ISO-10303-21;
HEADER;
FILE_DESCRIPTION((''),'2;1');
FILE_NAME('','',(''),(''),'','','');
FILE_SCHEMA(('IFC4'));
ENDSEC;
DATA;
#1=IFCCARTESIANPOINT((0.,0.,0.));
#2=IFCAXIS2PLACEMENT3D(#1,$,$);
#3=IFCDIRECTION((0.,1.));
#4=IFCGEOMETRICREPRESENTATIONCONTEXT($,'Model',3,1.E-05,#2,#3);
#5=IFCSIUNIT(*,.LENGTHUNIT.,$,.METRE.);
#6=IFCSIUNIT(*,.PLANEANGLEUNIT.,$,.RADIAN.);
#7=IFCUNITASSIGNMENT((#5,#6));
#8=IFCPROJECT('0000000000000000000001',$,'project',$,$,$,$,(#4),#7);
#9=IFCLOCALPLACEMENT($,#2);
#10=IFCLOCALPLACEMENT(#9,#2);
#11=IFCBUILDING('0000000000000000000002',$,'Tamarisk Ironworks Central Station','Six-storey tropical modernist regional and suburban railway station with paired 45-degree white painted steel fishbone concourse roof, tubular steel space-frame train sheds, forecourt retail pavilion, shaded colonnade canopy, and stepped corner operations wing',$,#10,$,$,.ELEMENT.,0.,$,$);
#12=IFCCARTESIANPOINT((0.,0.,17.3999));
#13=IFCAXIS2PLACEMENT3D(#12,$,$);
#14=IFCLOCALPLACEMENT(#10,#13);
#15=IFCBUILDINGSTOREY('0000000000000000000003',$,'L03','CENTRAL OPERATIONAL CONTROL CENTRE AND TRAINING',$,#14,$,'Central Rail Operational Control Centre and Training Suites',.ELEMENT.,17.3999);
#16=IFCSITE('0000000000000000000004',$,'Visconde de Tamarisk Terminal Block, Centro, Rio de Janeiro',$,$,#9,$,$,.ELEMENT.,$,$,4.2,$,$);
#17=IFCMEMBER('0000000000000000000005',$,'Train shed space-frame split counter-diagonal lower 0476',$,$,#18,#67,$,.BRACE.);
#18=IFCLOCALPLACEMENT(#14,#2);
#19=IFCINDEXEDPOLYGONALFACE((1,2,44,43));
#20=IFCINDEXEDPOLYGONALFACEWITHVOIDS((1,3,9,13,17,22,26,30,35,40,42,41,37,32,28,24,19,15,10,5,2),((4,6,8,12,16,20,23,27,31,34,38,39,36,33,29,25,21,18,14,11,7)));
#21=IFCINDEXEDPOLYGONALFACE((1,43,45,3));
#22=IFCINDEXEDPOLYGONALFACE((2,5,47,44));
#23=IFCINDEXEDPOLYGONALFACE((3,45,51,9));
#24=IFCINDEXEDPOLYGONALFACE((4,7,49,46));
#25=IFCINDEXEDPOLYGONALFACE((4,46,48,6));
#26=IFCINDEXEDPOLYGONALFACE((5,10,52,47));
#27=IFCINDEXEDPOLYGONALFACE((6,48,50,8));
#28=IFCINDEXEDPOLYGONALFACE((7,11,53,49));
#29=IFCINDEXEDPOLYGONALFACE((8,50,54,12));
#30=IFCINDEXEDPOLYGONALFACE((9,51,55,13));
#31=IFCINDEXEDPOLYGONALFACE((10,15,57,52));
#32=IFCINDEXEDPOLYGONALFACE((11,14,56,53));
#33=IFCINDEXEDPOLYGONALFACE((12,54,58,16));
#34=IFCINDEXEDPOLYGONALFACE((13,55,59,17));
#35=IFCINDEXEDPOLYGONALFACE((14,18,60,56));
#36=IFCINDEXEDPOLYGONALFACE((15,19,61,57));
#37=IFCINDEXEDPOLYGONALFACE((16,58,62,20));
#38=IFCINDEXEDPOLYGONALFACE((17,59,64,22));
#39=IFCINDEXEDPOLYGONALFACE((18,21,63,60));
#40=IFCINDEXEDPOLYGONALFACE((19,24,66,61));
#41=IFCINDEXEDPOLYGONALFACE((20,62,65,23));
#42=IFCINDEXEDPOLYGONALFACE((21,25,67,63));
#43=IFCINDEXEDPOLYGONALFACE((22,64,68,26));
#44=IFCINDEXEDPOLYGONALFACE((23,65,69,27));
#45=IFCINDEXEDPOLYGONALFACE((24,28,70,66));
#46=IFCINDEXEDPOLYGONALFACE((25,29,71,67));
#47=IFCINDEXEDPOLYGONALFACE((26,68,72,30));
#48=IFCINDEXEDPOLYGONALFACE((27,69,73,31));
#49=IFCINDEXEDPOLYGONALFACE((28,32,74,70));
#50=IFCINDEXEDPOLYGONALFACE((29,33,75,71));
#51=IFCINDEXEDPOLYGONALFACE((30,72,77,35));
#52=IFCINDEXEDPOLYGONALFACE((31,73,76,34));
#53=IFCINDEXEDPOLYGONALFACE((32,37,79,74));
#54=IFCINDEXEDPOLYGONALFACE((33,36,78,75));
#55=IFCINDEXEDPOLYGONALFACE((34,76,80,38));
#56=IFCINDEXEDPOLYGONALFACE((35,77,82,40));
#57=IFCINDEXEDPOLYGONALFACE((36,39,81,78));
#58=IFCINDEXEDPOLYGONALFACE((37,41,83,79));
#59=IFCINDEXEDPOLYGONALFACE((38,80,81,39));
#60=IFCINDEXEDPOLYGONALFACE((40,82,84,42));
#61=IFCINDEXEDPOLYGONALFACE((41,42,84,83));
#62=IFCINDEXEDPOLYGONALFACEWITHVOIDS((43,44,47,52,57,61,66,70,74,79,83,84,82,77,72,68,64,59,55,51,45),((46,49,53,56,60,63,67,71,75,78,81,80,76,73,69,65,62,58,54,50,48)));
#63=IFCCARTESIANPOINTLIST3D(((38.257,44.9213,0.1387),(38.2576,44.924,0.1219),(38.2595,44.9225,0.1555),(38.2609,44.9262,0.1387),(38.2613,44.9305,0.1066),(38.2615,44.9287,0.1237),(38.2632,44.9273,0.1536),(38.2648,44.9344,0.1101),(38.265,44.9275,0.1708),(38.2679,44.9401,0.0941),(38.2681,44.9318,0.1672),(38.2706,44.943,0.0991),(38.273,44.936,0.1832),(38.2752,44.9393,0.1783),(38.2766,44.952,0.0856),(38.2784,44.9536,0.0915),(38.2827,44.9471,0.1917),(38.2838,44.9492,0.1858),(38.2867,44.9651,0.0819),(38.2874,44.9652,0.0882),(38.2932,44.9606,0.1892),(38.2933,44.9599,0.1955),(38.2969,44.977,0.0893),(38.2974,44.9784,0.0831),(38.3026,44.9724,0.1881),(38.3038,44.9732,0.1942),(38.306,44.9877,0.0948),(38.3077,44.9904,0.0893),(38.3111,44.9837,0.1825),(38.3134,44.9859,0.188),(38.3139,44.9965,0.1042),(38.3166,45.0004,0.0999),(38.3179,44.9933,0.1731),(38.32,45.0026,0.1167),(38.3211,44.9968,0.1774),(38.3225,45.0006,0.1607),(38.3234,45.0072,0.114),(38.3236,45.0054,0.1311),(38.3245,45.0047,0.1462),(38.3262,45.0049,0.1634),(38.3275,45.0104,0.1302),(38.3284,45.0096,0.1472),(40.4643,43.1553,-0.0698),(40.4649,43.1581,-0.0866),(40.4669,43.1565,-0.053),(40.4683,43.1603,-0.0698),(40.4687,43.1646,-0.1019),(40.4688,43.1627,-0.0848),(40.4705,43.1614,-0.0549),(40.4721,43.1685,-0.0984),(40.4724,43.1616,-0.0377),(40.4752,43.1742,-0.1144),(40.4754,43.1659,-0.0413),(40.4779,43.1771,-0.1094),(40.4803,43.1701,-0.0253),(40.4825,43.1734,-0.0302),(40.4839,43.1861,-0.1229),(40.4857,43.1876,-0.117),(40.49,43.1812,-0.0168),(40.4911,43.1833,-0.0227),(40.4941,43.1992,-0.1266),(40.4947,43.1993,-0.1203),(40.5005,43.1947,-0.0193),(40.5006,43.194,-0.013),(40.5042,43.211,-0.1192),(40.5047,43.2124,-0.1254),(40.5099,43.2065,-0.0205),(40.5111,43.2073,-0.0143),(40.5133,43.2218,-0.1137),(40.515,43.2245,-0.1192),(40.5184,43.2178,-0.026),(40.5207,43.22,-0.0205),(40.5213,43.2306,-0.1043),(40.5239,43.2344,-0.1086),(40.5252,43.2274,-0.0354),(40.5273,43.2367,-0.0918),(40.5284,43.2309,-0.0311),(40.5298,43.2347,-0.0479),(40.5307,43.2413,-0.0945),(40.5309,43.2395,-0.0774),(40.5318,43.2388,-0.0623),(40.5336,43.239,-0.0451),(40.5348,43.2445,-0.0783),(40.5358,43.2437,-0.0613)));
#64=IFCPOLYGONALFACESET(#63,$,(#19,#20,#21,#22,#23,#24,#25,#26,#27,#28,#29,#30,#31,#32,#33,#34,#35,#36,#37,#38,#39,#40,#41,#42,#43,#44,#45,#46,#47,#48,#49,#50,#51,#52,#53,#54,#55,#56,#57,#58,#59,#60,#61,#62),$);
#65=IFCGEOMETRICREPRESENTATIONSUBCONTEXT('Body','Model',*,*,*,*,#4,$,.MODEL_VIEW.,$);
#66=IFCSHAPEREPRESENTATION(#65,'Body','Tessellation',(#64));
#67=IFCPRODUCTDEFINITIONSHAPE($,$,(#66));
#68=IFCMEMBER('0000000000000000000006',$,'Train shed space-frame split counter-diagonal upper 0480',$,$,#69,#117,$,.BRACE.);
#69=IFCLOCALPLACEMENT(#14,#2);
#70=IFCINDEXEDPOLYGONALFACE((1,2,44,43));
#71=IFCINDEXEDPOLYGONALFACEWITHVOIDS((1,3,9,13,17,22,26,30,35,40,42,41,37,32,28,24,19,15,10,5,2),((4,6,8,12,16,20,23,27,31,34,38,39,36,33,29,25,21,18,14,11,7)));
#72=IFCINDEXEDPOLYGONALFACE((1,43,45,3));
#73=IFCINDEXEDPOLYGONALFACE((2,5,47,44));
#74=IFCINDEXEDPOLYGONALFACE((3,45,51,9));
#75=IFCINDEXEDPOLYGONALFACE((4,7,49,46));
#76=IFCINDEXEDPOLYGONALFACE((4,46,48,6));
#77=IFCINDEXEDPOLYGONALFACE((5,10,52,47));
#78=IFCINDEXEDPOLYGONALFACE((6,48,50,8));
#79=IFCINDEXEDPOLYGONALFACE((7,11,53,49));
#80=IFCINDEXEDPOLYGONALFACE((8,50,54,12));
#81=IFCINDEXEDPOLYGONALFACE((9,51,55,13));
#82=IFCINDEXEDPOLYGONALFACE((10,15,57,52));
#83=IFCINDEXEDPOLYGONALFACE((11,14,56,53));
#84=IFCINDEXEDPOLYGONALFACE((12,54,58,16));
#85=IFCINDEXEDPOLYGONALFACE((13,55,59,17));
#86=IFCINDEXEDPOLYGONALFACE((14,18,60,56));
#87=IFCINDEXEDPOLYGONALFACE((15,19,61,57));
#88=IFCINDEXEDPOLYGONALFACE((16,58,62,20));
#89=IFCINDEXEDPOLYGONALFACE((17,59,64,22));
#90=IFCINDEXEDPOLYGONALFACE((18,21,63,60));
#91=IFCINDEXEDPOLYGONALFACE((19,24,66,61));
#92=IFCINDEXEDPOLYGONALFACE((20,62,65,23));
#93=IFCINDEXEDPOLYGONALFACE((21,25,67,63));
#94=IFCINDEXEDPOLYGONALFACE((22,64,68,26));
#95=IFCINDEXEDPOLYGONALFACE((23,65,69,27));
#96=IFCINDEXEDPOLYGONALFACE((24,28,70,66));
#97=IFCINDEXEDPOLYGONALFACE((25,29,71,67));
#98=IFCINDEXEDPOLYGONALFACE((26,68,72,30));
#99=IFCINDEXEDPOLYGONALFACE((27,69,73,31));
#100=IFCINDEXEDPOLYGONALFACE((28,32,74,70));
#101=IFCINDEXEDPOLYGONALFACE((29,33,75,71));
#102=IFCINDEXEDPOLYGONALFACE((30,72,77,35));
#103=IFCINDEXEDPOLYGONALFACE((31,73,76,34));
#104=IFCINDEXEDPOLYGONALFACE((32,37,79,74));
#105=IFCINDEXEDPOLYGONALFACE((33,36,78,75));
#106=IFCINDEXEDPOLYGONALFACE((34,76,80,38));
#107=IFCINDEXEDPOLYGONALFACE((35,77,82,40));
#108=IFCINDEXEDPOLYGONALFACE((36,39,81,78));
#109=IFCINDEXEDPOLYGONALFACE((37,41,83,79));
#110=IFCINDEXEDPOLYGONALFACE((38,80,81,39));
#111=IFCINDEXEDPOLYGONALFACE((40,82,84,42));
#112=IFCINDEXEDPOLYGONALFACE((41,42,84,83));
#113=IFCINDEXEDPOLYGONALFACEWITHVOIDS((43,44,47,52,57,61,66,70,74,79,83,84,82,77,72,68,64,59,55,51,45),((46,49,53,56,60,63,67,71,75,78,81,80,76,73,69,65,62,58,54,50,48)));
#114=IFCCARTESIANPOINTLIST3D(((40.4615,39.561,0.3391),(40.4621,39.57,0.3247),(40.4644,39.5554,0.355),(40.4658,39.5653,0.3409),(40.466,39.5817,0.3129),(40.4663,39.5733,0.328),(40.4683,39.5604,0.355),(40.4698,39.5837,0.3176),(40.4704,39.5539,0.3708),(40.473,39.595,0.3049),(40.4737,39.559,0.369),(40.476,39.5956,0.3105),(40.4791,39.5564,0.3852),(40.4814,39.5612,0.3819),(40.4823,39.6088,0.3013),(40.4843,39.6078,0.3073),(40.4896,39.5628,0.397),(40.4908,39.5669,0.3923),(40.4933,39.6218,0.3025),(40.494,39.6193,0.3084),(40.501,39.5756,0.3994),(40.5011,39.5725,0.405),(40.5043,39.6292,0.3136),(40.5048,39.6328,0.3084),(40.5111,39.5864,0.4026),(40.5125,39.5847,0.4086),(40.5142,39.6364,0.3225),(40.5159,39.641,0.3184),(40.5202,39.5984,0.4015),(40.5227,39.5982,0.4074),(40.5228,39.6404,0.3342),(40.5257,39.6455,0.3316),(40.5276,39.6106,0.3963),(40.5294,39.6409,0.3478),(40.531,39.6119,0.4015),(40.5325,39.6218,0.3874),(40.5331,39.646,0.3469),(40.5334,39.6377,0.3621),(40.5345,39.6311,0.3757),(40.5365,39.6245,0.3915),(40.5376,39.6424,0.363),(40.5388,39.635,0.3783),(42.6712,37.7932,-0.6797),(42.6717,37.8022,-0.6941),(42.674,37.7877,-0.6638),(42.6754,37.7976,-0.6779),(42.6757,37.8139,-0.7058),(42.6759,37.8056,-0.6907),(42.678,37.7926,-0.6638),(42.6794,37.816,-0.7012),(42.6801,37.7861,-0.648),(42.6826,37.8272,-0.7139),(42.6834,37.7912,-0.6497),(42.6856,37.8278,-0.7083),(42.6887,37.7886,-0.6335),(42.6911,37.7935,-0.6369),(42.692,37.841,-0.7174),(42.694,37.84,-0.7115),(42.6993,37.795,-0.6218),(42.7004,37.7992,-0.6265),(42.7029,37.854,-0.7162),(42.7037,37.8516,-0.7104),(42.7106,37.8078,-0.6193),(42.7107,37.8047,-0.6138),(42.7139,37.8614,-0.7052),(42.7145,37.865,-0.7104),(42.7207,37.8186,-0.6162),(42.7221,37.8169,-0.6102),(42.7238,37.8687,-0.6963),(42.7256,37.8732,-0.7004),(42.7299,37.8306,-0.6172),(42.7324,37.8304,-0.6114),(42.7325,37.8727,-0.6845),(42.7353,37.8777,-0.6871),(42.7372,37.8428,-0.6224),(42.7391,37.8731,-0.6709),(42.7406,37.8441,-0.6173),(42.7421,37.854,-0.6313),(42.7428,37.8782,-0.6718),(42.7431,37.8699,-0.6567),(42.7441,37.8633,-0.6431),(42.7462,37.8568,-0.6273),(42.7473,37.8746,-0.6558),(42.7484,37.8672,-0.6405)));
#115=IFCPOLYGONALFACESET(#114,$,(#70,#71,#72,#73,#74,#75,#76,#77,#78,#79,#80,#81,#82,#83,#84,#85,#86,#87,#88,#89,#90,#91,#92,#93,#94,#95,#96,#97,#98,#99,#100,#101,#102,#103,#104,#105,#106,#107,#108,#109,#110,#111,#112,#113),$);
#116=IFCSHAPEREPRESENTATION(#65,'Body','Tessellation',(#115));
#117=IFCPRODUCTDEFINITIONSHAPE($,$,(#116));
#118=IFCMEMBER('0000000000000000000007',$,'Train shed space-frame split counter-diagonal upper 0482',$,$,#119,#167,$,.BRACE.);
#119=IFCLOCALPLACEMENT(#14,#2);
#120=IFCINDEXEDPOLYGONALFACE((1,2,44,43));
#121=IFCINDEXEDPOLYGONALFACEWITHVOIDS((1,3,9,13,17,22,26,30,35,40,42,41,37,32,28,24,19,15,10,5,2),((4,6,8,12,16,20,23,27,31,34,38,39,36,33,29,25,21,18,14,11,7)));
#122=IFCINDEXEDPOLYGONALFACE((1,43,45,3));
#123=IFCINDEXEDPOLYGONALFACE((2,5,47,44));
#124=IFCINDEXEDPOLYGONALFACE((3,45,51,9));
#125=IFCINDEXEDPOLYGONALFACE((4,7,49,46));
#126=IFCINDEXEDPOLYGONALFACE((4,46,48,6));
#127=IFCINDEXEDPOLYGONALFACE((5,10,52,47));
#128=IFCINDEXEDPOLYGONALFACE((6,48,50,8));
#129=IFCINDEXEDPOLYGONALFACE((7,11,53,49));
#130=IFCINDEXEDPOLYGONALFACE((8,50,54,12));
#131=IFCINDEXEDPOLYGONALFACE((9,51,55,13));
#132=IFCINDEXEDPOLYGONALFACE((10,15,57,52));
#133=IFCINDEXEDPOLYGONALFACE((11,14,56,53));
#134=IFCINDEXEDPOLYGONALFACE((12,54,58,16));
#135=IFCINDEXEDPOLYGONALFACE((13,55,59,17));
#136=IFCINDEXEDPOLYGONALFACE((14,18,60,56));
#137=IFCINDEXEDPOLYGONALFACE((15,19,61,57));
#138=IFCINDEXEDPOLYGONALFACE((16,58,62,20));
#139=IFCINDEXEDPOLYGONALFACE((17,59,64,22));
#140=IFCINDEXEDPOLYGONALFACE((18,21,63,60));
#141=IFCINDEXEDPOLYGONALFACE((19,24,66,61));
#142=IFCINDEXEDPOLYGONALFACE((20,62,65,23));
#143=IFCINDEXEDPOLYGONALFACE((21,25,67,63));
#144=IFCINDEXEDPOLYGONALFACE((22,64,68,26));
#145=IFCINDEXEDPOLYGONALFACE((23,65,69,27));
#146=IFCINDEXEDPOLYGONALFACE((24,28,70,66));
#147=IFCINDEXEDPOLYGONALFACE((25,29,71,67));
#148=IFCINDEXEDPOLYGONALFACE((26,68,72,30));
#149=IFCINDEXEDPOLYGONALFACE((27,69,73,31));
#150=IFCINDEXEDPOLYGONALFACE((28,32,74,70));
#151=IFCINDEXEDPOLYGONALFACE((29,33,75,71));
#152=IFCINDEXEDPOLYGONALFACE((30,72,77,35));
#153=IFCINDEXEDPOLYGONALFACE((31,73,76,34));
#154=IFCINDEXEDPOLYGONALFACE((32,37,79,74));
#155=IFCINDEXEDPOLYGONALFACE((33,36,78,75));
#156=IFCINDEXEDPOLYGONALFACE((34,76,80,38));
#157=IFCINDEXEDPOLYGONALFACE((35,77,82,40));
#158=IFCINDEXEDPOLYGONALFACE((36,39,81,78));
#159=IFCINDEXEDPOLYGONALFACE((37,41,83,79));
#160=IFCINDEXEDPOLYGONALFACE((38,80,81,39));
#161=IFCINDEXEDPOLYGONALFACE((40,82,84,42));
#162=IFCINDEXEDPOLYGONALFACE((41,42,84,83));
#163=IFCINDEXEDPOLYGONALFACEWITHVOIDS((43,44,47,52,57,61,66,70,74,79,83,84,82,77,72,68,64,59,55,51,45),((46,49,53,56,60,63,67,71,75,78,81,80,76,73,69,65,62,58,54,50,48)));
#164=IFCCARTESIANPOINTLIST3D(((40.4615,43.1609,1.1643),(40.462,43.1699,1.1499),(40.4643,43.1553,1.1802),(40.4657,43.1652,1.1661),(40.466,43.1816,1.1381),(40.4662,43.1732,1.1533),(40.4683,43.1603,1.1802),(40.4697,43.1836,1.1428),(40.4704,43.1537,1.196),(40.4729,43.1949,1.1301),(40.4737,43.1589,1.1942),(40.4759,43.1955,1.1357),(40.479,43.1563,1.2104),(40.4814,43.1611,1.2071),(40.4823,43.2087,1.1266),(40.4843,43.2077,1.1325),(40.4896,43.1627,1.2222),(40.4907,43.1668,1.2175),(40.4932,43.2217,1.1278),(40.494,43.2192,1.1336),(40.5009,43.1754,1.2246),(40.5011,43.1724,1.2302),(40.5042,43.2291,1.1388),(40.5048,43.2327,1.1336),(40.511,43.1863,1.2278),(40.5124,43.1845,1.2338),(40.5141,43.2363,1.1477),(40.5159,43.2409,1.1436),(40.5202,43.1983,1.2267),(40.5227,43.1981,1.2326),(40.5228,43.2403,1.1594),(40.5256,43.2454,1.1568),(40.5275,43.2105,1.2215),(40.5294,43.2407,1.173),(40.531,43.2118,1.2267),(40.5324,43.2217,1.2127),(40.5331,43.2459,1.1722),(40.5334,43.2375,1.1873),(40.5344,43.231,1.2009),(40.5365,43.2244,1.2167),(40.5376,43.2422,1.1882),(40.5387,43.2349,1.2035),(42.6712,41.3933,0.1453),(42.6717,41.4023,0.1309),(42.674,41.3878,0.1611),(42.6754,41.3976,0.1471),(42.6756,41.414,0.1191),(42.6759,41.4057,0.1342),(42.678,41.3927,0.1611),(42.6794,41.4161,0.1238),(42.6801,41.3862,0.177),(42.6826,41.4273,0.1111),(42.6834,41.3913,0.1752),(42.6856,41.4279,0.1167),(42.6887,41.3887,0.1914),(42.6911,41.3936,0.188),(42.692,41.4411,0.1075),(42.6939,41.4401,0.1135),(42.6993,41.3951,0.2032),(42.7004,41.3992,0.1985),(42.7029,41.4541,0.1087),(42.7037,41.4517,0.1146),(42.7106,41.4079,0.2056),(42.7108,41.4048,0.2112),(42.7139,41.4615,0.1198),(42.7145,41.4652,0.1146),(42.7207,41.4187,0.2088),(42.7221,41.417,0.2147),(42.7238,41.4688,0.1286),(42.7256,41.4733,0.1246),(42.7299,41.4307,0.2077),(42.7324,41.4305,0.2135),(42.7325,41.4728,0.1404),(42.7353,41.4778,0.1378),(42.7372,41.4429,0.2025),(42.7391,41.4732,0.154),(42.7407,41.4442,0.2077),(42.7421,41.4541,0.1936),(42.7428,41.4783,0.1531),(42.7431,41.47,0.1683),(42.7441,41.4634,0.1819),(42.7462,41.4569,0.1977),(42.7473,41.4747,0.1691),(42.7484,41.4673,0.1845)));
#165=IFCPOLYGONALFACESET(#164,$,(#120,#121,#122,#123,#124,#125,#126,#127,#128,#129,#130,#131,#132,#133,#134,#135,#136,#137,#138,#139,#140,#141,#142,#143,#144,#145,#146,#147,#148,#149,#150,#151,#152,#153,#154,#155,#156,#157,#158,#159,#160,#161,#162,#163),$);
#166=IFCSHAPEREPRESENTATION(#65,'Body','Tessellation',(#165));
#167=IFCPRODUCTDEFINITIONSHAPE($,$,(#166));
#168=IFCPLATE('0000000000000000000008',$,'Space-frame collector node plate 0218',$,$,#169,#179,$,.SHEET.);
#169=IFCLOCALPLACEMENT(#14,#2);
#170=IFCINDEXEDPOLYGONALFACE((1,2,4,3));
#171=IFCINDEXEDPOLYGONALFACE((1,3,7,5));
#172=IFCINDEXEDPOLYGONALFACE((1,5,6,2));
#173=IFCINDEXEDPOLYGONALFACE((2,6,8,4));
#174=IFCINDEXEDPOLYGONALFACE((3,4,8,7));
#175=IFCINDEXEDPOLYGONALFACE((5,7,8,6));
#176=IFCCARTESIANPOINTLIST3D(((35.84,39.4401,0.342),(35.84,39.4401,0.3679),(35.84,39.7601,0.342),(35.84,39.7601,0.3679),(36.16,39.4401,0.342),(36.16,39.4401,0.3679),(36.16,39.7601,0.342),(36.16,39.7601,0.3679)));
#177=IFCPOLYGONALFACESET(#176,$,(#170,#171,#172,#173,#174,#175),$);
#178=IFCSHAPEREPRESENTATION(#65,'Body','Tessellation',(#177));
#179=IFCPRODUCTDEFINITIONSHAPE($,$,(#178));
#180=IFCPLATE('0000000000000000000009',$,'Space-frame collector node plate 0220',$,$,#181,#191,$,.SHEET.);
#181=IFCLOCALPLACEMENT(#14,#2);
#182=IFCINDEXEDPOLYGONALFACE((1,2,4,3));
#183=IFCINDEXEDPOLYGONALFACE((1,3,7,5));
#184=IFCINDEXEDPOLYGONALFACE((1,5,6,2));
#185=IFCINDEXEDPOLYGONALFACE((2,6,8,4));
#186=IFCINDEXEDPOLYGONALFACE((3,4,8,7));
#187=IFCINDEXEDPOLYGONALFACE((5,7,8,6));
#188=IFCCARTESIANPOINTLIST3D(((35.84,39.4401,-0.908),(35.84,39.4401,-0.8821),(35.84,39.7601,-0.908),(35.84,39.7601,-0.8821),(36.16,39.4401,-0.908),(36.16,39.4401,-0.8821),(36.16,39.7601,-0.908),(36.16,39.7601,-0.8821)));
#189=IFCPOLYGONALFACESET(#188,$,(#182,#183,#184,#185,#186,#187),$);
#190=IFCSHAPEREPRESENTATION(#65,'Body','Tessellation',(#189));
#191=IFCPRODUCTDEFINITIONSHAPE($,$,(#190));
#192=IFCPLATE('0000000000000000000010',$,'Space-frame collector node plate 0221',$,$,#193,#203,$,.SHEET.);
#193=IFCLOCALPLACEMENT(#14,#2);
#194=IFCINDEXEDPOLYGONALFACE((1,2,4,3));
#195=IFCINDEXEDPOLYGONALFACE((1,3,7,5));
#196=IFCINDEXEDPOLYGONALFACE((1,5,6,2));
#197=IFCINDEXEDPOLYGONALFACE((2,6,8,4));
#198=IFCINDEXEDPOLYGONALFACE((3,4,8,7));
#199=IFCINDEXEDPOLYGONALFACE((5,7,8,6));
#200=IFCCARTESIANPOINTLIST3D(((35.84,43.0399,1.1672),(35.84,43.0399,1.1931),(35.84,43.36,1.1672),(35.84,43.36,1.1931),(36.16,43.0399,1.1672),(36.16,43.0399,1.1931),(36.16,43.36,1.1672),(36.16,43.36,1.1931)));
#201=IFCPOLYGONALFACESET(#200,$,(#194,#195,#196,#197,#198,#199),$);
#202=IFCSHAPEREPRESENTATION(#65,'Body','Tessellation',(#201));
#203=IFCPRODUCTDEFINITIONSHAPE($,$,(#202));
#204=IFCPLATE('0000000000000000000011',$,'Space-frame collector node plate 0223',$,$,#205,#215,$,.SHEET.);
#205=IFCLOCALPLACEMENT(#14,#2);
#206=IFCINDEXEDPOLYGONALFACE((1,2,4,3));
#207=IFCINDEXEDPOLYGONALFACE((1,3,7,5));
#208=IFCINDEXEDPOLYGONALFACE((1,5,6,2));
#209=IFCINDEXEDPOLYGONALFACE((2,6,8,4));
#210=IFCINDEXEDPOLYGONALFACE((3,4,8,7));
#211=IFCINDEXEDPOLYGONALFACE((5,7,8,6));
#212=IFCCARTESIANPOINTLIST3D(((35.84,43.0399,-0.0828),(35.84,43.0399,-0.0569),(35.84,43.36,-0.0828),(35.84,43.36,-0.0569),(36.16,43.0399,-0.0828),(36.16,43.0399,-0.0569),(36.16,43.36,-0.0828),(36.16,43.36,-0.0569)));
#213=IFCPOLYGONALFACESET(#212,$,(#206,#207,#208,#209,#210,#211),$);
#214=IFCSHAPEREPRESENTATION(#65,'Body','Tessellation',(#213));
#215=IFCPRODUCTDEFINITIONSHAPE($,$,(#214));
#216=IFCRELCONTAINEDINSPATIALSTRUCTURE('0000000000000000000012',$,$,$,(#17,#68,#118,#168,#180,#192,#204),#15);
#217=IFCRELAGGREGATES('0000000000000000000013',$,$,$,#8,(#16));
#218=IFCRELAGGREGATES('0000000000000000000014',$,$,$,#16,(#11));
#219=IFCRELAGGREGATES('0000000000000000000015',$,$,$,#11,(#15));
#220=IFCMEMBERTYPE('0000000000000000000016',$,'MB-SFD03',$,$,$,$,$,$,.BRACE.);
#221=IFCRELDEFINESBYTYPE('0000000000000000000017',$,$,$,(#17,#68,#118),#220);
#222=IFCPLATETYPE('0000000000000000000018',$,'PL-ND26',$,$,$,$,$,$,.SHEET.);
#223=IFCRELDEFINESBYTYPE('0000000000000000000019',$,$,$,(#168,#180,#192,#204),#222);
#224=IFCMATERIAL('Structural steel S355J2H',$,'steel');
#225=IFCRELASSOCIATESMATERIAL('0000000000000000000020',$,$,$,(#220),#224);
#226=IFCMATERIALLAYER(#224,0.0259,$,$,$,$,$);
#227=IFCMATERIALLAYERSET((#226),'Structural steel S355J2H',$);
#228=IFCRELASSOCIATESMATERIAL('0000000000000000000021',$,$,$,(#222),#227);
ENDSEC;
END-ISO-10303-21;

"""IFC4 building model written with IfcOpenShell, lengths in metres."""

from ifc_helpers import new_model, si_unit, direction, frame, origin, origin_2d, place, context, subcontext, project, spatial, rectangle, hollow_circle, extrude, material, layer, layer_set, material_profile, profile_set, type_object, element, save


model = new_model("IFC4")

# Units and contexts
model_context = context("Model", 3, precision=1e-05, world=origin(), true_north=direction((0.0, 1.0)))
body_context = subcontext(model_context, "Body", "Model", "MODEL_VIEW")
ifc_project = project(units=[si_unit("LENGTHUNIT", "METRE"), si_unit("PLANEANGLEUNIT", "RADIAN")], contexts=[model_context])

# Site, building, storey
site_placement = place(None, origin())
site = spatial("IfcSite", under=ifc_project, at=site_placement, Name="Visconde de Tamarisk Terminal Block, Centro, Rio de Janeiro", CompositionType="ELEMENT", RefElevation=4.2)
building_placement = place(site_placement, origin())
building = spatial("IfcBuilding", under=site, at=building_placement, Name="Tamarisk Ironworks Central Station", Description="Six-storey tropical modernist regional and suburban railway station with paired 45-degree white painted steel fishbone concourse roof, tubular steel space-frame train sheds, forecourt retail pavilion, shaded colonnade canopy, and stepped corner operations wing", CompositionType="ELEMENT", ElevationOfRefHeight=0.0)
storey_placement = place(building_placement, frame((0.0, 0.0, 17.3999)))
storey = spatial("IfcBuildingStorey", under=building, at=storey_placement, Name="L03", Description="CENTRAL OPERATIONAL CONTROL CENTRE AND TRAINING", LongName="Central Rail Operational Control Centre and Training Suites", CompositionType="ELEMENT", Elevation=17.3999)

# Members
ifc_material = material(Name="Structural steel S355J2H", Category="steel")
ifc_material_profile_1 = material_profile(ifc_material, hollow_circle(Radius=0.0571, WallThickness=0.0063, at=origin_2d()), Name="CHS 114.3x6.3")
ifc_profile_set_1 = profile_set([ifc_material_profile_1], Name="Structural steel S355J2H")
member_type_1 = type_object("IfcMemberType", Name="MB-SFD03", PredefinedType="BRACE", material=ifc_profile_set_1)
member_1_placement = place(storey_placement, frame((40.5, 43.2, -0.0698), z_axis=(-0.778745, 0.623013, 0.073559), x_axis=(-0.624706, -0.78086, 0.0)))
element("IfcMember", 1, at=member_1_placement, inside=storey, type_object=member_type_1, Name="Train shed space-frame split counter-diagonal lower 0476", PredefinedType="BRACE", context=body_context, shape_type="SweptSolid", body=[
    extrude(hollow_circle(Radius=0.0571, WallThickness=0.0063, at=origin_2d()), origin(), (0.0, 0.0, 1.0), 2.8345),
])
for number, where, z_axis, x_axis, name in (
    (2, (42.7097, 37.8323, -0.6638), (-0.734697, 0.587774, 0.338735), (-0.624706, -0.78086, 0.0), "Train shed space-frame split counter-diagonal upper 0480"),
    (3, (42.7097, 41.4324, 0.1611), (-0.734712, 0.587705, 0.338823), (-0.624653, -0.780902, 0.0), "Train shed space-frame split counter-diagonal upper 0482"),
):
    element("IfcMember", number, at=place(storey_placement, frame(where, z_axis=z_axis, x_axis=x_axis)), inside=storey, type_object=member_type_1, Name=name, PredefinedType="BRACE", context=body_context, shape_type="SweptSolid", body=[
        extrude(hollow_circle(Radius=0.0571, WallThickness=0.0063, at=origin_2d()), origin(), (0.0, 0.0, 1.0), 3.0076),
    ])

# Plates
ifc_layer = layer(ifc_material, 0.0259)
ifc_layer_set = layer_set([ifc_layer], Name="Structural steel S355J2H")
plate_type = type_object("IfcPlateType", Name="PL-ND26", PredefinedType="SHEET", material=ifc_layer_set)
for number, where, z_axis, x_axis, name in (
    (4, (36.0, 39.6001, 0.342), (0.0, 0.0, 1.0), (1.0, 0.0, 0.0), "Space-frame collector node plate 0218"),
    (5, (36.0, 39.6001, -0.908), (0.0, 0.0, 1.0), (1.0, 0.0, 0.0), "Space-frame collector node plate 0220"),
    (6, (36.0, 43.2, 1.1672), (0.0, 0.0, 1.0), (1.0, 0.0, 0.0), "Space-frame collector node plate 0221"),
    (7, (36.0, 43.2, -0.0828), (0.0, 0.0, 1.0), (1.0, 0.0, 0.0), "Space-frame collector node plate 0223"),
):
    element("IfcPlate", number, at=place(storey_placement, frame(where, z_axis=z_axis, x_axis=x_axis)), inside=storey, type_object=plate_type, Name=name, PredefinedType="SHEET", context=body_context, shape_type="SweptSolid", body=[
        extrude(rectangle(XDim=0.3201, YDim=0.3201, at=origin_2d()), origin(), (0.0, 0.0, 1.0), 0.0259),
    ])

save(model, "model.ifc")
